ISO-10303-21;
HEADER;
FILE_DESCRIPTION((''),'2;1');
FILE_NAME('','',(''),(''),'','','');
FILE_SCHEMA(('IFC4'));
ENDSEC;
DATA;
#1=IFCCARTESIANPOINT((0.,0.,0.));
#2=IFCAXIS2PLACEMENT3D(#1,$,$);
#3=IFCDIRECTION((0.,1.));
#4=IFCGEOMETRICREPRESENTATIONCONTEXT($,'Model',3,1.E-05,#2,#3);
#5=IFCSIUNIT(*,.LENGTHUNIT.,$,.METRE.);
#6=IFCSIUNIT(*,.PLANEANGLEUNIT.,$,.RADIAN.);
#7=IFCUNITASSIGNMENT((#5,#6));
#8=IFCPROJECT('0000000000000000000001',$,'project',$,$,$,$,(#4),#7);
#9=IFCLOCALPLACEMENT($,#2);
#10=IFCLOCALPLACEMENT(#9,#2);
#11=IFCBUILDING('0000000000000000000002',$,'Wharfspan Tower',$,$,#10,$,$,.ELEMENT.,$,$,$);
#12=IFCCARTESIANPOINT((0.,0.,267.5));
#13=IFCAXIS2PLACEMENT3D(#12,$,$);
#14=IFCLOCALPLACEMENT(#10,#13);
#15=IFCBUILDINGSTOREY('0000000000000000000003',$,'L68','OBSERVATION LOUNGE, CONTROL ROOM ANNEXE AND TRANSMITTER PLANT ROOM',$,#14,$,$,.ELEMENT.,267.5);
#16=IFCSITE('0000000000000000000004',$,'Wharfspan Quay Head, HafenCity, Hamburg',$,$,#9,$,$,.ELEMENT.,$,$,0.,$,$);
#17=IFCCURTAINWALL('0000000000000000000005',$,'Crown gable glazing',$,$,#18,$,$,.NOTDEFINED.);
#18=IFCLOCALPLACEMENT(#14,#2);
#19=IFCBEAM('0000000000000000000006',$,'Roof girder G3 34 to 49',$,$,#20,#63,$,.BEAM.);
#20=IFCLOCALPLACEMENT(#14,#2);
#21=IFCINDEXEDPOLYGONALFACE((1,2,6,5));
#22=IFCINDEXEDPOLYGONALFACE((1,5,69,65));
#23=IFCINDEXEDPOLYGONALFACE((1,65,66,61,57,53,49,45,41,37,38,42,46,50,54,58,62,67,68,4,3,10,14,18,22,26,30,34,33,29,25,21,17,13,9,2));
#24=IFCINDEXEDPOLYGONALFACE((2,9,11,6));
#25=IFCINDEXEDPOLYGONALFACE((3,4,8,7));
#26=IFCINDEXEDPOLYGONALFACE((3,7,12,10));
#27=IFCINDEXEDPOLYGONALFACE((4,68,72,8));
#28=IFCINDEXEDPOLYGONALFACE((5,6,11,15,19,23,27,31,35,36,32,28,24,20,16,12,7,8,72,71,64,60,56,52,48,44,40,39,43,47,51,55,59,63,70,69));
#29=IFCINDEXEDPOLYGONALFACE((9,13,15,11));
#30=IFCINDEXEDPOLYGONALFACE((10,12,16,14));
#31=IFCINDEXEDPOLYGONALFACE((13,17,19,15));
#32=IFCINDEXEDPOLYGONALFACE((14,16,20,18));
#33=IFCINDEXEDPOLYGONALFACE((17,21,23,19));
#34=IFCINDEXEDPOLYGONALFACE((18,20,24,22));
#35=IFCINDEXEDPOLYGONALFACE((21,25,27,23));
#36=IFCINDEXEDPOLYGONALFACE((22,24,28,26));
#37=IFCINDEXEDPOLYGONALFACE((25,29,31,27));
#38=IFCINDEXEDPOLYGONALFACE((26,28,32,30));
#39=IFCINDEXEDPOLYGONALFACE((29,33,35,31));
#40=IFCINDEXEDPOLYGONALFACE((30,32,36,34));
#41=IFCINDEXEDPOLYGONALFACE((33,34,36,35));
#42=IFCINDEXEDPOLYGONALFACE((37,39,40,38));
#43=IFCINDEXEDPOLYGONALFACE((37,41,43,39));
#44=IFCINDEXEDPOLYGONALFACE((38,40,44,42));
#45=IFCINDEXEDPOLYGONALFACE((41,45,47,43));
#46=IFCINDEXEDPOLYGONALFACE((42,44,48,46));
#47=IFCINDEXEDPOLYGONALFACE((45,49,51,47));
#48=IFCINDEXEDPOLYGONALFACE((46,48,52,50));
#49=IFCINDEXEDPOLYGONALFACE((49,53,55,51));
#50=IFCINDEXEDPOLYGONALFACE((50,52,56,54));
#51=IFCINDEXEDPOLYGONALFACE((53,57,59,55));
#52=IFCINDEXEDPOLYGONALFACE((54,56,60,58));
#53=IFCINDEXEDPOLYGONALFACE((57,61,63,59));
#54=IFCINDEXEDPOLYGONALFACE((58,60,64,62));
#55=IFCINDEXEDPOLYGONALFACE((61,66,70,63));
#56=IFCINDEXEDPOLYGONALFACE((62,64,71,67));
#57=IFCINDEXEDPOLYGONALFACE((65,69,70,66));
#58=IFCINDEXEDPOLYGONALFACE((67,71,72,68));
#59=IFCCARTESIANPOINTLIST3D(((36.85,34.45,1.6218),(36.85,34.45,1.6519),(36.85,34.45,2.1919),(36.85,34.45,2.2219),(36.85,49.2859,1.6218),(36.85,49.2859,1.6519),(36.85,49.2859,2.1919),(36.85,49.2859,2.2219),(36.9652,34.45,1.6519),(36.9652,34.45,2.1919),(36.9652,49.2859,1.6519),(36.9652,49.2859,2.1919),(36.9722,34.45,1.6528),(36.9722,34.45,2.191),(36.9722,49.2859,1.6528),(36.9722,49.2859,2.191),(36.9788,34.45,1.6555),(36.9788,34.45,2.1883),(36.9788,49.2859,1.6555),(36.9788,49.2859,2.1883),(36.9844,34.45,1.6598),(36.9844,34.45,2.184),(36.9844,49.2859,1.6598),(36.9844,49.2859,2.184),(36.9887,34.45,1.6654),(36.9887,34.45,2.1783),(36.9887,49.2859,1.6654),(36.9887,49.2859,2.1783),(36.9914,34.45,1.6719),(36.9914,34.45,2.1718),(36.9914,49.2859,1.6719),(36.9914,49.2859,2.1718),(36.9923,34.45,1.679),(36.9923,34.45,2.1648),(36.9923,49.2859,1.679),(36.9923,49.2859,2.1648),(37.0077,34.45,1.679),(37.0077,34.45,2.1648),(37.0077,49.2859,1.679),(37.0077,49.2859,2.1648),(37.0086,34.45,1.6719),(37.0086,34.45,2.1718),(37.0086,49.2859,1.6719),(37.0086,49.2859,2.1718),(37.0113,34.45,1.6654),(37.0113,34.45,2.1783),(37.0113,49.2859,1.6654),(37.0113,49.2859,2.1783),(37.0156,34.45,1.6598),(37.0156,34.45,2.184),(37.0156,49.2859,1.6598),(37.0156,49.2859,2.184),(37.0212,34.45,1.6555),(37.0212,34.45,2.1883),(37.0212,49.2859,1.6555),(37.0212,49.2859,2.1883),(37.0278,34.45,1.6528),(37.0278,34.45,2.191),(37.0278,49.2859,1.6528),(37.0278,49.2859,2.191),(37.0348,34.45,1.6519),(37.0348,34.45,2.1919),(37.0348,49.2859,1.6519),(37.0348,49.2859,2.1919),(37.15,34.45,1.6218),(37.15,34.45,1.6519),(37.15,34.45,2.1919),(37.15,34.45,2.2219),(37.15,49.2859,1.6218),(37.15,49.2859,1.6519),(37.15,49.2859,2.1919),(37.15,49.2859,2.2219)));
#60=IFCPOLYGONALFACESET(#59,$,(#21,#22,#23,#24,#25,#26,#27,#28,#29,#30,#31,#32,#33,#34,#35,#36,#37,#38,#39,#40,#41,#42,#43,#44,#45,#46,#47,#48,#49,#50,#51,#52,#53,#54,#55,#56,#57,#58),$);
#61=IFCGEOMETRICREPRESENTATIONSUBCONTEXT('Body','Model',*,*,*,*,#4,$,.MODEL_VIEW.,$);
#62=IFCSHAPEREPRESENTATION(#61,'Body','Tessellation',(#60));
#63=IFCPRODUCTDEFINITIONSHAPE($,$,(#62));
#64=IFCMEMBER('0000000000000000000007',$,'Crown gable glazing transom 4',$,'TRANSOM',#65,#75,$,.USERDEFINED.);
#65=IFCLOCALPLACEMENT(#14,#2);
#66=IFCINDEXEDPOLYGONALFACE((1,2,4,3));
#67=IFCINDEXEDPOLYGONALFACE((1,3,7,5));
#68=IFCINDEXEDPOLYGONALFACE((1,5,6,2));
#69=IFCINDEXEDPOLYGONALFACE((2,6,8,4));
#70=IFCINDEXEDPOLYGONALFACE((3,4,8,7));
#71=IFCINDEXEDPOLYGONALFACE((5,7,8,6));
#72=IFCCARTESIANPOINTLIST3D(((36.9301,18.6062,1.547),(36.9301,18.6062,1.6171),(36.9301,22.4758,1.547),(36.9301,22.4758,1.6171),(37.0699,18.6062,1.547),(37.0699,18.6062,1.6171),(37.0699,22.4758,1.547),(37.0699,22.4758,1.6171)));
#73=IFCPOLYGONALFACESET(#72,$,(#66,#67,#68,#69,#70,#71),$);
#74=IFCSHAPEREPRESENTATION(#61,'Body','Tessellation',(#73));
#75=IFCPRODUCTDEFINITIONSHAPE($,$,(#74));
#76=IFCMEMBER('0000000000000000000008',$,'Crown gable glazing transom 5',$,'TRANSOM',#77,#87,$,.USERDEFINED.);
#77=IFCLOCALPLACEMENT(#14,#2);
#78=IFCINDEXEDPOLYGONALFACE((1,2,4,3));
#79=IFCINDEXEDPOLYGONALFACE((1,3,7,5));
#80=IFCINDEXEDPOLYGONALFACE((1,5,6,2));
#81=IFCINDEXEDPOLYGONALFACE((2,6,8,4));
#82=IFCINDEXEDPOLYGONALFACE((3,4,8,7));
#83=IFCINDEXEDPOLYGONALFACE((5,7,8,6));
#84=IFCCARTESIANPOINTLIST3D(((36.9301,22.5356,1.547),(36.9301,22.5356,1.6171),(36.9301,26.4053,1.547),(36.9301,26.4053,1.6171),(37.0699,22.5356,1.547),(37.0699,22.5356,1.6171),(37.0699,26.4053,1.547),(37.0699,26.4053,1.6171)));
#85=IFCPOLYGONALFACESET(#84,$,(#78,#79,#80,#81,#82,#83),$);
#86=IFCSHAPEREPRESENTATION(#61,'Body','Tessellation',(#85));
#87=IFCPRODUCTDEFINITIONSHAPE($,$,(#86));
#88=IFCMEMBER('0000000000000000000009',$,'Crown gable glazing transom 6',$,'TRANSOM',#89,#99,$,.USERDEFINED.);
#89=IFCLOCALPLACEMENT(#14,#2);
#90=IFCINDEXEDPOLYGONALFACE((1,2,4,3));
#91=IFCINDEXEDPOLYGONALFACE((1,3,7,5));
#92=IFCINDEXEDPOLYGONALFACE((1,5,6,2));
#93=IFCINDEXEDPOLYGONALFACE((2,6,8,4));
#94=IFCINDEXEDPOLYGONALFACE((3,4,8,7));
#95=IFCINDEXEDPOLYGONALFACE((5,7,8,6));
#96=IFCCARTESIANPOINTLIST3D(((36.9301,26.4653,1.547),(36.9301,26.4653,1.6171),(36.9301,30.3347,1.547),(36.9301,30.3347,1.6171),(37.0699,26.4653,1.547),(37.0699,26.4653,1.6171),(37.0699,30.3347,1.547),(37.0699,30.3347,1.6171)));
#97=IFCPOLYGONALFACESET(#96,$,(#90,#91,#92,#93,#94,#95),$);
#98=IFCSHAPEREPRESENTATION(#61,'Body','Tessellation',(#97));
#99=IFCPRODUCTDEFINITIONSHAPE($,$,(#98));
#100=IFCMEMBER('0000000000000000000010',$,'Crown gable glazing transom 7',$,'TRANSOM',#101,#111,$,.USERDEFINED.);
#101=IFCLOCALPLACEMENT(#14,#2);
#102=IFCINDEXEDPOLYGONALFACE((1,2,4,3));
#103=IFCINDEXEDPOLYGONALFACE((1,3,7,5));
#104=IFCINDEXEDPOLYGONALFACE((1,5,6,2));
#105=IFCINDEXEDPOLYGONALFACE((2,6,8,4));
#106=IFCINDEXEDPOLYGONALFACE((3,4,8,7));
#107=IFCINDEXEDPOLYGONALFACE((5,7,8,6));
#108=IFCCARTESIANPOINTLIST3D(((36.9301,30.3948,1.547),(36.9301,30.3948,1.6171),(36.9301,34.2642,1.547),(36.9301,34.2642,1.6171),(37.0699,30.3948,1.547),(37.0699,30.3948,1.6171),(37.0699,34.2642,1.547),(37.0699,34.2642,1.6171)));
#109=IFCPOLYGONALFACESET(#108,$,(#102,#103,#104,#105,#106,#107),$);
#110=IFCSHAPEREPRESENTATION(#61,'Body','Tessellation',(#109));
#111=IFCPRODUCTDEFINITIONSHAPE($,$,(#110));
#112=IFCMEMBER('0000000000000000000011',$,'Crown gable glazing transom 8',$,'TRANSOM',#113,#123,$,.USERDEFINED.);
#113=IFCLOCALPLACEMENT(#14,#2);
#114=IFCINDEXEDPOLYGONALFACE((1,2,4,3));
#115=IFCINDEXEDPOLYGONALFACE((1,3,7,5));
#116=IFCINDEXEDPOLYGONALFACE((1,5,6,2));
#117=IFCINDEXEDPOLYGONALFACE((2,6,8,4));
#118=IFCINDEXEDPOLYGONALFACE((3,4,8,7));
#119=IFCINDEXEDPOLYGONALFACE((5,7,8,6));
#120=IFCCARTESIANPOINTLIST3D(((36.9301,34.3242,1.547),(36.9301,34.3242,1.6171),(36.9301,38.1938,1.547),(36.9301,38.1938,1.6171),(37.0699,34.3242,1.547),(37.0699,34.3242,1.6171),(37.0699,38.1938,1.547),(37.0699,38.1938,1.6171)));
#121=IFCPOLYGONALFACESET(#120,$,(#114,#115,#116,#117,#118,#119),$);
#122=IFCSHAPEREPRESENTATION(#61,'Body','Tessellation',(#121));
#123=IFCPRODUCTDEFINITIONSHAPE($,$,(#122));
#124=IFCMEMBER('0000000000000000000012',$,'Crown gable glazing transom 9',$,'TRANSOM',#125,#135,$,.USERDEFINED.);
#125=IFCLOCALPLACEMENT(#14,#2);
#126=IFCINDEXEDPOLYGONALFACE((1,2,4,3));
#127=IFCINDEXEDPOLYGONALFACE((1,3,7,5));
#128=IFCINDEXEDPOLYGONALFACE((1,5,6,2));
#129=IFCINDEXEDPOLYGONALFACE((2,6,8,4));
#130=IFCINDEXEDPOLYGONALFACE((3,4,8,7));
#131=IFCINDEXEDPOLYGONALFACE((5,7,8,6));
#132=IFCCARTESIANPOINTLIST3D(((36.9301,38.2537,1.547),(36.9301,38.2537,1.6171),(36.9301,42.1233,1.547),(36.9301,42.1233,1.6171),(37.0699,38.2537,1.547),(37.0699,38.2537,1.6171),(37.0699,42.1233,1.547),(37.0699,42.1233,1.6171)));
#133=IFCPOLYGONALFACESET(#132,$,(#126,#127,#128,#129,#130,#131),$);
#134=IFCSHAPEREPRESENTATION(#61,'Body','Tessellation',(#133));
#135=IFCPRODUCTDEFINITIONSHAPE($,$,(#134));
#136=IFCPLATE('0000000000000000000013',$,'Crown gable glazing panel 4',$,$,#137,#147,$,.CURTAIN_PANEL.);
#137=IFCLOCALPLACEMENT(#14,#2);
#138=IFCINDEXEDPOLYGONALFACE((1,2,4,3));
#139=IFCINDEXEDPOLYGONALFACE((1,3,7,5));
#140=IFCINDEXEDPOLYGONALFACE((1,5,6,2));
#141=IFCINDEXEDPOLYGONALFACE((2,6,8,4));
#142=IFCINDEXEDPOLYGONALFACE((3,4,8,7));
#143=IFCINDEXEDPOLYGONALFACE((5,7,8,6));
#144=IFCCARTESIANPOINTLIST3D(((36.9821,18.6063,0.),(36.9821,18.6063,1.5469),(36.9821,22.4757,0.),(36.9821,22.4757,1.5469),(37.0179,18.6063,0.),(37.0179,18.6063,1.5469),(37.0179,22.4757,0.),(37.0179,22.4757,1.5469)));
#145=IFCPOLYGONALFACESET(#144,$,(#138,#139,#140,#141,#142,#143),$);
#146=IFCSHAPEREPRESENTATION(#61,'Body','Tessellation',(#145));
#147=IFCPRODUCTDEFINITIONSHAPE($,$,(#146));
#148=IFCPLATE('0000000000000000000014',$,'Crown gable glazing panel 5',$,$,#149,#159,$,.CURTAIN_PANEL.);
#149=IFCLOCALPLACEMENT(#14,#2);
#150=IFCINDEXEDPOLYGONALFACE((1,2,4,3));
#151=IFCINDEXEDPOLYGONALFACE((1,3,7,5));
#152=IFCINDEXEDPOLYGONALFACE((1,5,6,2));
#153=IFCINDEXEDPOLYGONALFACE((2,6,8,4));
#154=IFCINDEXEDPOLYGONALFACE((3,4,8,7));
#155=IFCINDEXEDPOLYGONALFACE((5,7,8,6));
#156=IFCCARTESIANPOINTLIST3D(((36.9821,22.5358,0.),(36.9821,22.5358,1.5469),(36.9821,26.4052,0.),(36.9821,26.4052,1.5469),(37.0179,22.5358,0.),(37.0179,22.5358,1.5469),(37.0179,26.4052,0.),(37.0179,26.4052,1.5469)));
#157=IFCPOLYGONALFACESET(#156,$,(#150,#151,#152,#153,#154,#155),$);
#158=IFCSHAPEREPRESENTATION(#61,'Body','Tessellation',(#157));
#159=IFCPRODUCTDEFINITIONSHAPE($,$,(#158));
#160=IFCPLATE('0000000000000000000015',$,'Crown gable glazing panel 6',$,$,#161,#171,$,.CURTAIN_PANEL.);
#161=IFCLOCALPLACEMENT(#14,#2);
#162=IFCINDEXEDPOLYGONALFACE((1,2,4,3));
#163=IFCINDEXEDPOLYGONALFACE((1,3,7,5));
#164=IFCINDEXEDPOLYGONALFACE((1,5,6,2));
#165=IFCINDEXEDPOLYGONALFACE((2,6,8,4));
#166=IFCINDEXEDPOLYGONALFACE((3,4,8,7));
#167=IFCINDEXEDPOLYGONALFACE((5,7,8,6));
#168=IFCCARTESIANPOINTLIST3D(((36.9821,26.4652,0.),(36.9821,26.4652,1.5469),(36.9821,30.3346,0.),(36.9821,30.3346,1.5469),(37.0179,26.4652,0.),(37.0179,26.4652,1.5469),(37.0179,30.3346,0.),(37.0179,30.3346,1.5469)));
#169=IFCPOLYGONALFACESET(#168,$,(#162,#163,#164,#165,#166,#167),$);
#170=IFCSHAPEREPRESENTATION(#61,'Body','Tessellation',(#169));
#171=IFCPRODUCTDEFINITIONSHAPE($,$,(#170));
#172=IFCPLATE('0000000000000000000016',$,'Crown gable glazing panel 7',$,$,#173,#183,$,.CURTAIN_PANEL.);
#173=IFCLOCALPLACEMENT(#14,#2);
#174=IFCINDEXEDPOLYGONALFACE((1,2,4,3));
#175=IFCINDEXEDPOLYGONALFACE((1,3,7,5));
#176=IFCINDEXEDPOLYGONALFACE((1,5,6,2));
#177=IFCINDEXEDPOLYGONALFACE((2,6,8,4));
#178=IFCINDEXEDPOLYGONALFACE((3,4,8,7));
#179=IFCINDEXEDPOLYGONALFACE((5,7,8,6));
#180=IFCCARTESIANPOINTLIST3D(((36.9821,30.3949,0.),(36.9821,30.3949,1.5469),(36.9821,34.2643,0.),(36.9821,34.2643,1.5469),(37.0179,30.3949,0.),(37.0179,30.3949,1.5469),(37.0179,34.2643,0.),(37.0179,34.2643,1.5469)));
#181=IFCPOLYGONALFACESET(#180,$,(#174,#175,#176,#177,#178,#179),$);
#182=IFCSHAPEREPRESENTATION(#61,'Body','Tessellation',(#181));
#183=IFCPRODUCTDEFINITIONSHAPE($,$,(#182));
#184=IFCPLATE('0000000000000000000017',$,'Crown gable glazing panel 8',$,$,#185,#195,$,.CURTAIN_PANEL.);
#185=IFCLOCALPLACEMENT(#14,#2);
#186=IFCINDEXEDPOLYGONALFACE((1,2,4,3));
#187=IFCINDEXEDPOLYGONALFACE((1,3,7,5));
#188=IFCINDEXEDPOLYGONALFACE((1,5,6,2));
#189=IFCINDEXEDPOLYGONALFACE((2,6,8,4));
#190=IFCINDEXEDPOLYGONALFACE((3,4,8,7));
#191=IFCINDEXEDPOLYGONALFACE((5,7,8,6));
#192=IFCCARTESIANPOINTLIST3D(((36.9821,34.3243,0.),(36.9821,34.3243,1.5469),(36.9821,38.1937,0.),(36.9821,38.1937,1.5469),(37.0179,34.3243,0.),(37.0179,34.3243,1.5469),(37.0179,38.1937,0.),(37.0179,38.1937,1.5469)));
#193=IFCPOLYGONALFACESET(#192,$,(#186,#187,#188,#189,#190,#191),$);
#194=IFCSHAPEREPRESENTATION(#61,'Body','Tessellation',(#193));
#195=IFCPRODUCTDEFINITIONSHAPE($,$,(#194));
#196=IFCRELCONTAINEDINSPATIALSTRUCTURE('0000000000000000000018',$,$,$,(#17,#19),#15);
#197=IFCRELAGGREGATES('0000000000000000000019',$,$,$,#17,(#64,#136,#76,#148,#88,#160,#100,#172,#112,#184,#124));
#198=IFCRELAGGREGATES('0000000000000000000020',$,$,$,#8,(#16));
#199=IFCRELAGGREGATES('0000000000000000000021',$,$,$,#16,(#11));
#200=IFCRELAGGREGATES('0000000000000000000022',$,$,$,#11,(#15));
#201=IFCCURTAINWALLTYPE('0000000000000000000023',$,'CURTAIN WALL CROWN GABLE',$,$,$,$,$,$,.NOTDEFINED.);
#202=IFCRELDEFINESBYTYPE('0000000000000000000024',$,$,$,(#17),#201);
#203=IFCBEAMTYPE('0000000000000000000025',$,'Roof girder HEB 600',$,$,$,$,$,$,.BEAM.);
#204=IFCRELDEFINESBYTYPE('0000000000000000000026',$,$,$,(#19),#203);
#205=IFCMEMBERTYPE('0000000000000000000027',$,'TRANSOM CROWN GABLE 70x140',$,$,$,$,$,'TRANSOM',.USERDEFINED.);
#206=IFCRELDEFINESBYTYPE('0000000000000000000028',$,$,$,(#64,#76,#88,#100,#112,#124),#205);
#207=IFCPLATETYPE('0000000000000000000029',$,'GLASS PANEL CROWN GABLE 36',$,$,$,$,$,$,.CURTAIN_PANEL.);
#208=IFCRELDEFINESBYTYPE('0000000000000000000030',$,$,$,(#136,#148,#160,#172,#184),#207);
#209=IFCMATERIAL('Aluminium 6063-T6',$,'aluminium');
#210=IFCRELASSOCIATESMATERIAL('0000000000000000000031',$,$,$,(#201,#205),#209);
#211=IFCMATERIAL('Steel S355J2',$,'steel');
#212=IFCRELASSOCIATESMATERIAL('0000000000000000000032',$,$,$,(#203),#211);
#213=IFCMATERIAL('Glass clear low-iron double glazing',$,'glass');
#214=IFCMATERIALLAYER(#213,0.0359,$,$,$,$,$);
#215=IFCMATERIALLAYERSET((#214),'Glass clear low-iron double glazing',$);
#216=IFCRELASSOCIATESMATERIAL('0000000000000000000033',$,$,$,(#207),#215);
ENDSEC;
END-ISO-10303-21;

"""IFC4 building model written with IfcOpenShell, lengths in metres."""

from ifc_helpers import new_model, si_unit, direction, frame, origin, origin_2d, place, context, subcontext, project, spatial, rectangle, i_section, extrude, material, layer, layer_set, material_profile, profile_set, type_object, element, aggregate, save


model = new_model("IFC4")

# Units and contexts
model_context = context("Model", 3, precision=1e-05, world=origin(), true_north=direction((0.0, 1.0)))
body_context = subcontext(model_context, "Body", "Model", "MODEL_VIEW")
ifc_project = project(units=[si_unit("LENGTHUNIT", "METRE"), si_unit("PLANEANGLEUNIT", "RADIAN")], contexts=[model_context])

# Site, building, storey
site_placement = place(None, origin())
site = spatial("IfcSite", under=ifc_project, at=site_placement, Name="Wharfspan Quay Head, HafenCity, Hamburg", CompositionType="ELEMENT", RefElevation=0.0)
building_placement = place(site_placement, origin())
building = spatial("IfcBuilding", under=site, at=building_placement, Name="Wharfspan Tower", CompositionType="ELEMENT")
storey_placement = place(building_placement, frame((0.0, 0.0, 267.5)))
storey = spatial("IfcBuildingStorey", under=building, at=storey_placement, Name="L68", Description="OBSERVATION LOUNGE, CONTROL ROOM ANNEXE AND TRANSMITTER PLANT ROOM", CompositionType="ELEMENT", Elevation=267.5)

# Curtain wall
ifc_material_1 = material(Name="Aluminium 6063-T6", Category="aluminium")
curtain_wall_type = type_object("IfcCurtainWallType", Name="CURTAIN WALL CROWN GABLE", PredefinedType="NOTDEFINED", material=ifc_material_1)
curtain_wall_placement = place(storey_placement, origin())
curtain_wall = element("IfcCurtainWall", 1, at=curtain_wall_placement, inside=storey, type_object=curtain_wall_type, Name="Crown gable glazing", PredefinedType="NOTDEFINED")

# Beam
ifc_material_2 = material(Name="Steel S355J2", Category="steel")
ifc_material_profile_1 = material_profile(ifc_material_2, i_section(OverallWidth=0.3, OverallDepth=0.6001, WebThickness=0.0154, FlangeThickness=0.03, FilletRadius=0.0271, at=origin_2d()))
ifc_profile_set_1 = profile_set([ifc_material_profile_1], Name="Steel S355J2")
beam_type = type_object("IfcBeamType", Name="Roof girder HEB 600", PredefinedType="BEAM", material=ifc_profile_set_1)
beam_1_placement = place(storey_placement, frame((37.0, 34.45, 1.9219), z_axis=(0.0, 1.0, 0.0), x_axis=(-1.0, 0.0, 0.0)))
element("IfcBeam", 2, at=beam_1_placement, inside=storey, type_object=beam_type, Name="Roof girder G3 34 to 49", PredefinedType="BEAM", context=body_context, shape_type="SweptSolid", body=[
    extrude(i_section(OverallWidth=0.3, OverallDepth=0.6001, WebThickness=0.0154, FlangeThickness=0.03, FilletRadius=0.0271, at=origin_2d()), origin(), (0.0, 0.0, 1.0), 14.8359),
])

# Members
ifc_material_profile_2 = material_profile(ifc_material_1, rectangle(XDim=0.1399, YDim=0.0701, at=origin_2d()))
ifc_profile_set_2 = profile_set([ifc_material_profile_2], Name="Aluminium 6063-T6")
member_type_1 = type_object("IfcMemberType", Name="TRANSOM CROWN GABLE 70x140", ElementType="TRANSOM", PredefinedType="USERDEFINED", material=ifc_profile_set_2)
member_1_placement = place(storey_placement, frame((37.0, 18.6062, 1.582), z_axis=(0.0, 1.0, 0.0), x_axis=(-1.0, 0.0, 0.0)))
member_1 = element("IfcMember", 3, at=member_1_placement, type_object=member_type_1, Name="Crown gable glazing transom 4", ObjectType="TRANSOM", PredefinedType="USERDEFINED", context=body_context, shape_type="SweptSolid", body=[
    extrude(rectangle(XDim=0.1399, YDim=0.0701, at=origin_2d()), origin(), (0.0, 0.0, 1.0), 3.8696),
])
member_2_placement = place(storey_placement, frame((37.0, 22.5356, 1.582), z_axis=(0.0, 1.0, 0.0), x_axis=(-1.0, 0.0, 0.0)))
member_2 = element("IfcMember", 4, at=member_2_placement, type_object=member_type_1, Name="Crown gable glazing transom 5", ObjectType="TRANSOM", PredefinedType="USERDEFINED", context=body_context, shape_type="SweptSolid", body=[
    extrude(rectangle(XDim=0.1399, YDim=0.0701, at=origin_2d()), origin(), (0.0, 0.0, 1.0), 3.8696),
])
member_3_placement = place(storey_placement, frame((37.0, 26.4653, 1.582), z_axis=(0.0, 1.0, 0.0), x_axis=(-1.0, 0.0, 0.0)))
member_3 = element("IfcMember", 5, at=member_3_placement, type_object=member_type_1, Name="Crown gable glazing transom 6", ObjectType="TRANSOM", PredefinedType="USERDEFINED", context=body_context, shape_type="SweptSolid", body=[
    extrude(rectangle(XDim=0.1399, YDim=0.0701, at=origin_2d()), origin(), (0.0, 0.0, 1.0), 3.8694),
])
member_4_placement = place(storey_placement, frame((37.0, 30.3948, 1.582), z_axis=(0.0, 1.0, 0.0), x_axis=(-1.0, 0.0, 0.0)))
member_4 = element("IfcMember", 6, at=member_4_placement, type_object=member_type_1, Name="Crown gable glazing transom 7", ObjectType="TRANSOM", PredefinedType="USERDEFINED", context=body_context, shape_type="SweptSolid", body=[
    extrude(rectangle(XDim=0.1399, YDim=0.0701, at=origin_2d()), origin(), (0.0, 0.0, 1.0), 3.8694),
])
member_5_placement = place(storey_placement, frame((37.0, 34.3242, 1.582), z_axis=(0.0, 1.0, 0.0), x_axis=(-1.0, 0.0, 0.0)))
member_5 = element("IfcMember", 7, at=member_5_placement, type_object=member_type_1, Name="Crown gable glazing transom 8", ObjectType="TRANSOM", PredefinedType="USERDEFINED", context=body_context, shape_type="SweptSolid", body=[
    extrude(rectangle(XDim=0.1399, YDim=0.0701, at=origin_2d()), origin(), (0.0, 0.0, 1.0), 3.8696),
])
member_6_placement = place(storey_placement, frame((37.0, 38.2537, 1.582), z_axis=(0.0, 1.0, 0.0), x_axis=(-1.0, 0.0, 0.0)))
member_6 = element("IfcMember", 8, at=member_6_placement, type_object=member_type_1, Name="Crown gable glazing transom 9", ObjectType="TRANSOM", PredefinedType="USERDEFINED", context=body_context, shape_type="SweptSolid", body=[
    extrude(rectangle(XDim=0.1399, YDim=0.0701, at=origin_2d()), origin(), (0.0, 0.0, 1.0), 3.8696),
])

# Plates
ifc_material_3 = material(Name="Glass clear low-iron double glazing", Category="glass")
ifc_layer_1 = layer(ifc_material_3, 0.0359)
ifc_layer_set_1 = layer_set([ifc_layer_1], Name="Glass clear low-iron double glazing")
plate_type = type_object("IfcPlateType", Name="GLASS PANEL CROWN GABLE 36", PredefinedType="CURTAIN_PANEL", material=ifc_layer_set_1)
plate_1_placement = place(storey_placement, frame((37.0, 20.541, 0.0), z_axis=(0.0, 0.0, 1.0), x_axis=(0.0, 1.0, 0.0)))
plate_1 = element("IfcPlate", 9, at=plate_1_placement, type_object=plate_type, Name="Crown gable glazing panel 4", PredefinedType="CURTAIN_PANEL", context=body_context, shape_type="SweptSolid", body=[
    extrude(rectangle(XDim=3.8694, YDim=0.0359, at=origin_2d()), origin(), (0.0, 0.0, 1.0), 1.5469),
])
plate_2_placement = place(storey_placement, frame((37.0, 24.4705, 0.0), z_axis=(0.0, 0.0, 1.0), x_axis=(0.0, 1.0, 0.0)))
plate_2 = element("IfcPlate", 10, at=plate_2_placement, type_object=plate_type, Name="Crown gable glazing panel 5", PredefinedType="CURTAIN_PANEL", context=body_context, shape_type="SweptSolid", body=[
    extrude(rectangle(XDim=3.8694, YDim=0.0359, at=origin_2d()), origin(), (0.0, 0.0, 1.0), 1.5469),
])
plate_3_placement = place(storey_placement, frame((37.0, 28.3999, 0.0), z_axis=(0.0, 0.0, 1.0), x_axis=(0.0, 1.0, 0.0)))
plate_3 = element("IfcPlate", 11, at=plate_3_placement, type_object=plate_type, Name="Crown gable glazing panel 6", PredefinedType="CURTAIN_PANEL", context=body_context, shape_type="SweptSolid", body=[
    extrude(rectangle(XDim=3.8694, YDim=0.0359, at=origin_2d()), origin(), (0.0, 0.0, 1.0), 1.5469),
])
plate_4_placement = place(storey_placement, frame((37.0, 32.3296, 0.0), z_axis=(0.0, 0.0, 1.0), x_axis=(0.0, 1.0, 0.0)))
plate_4 = element("IfcPlate", 12, at=plate_4_placement, type_object=plate_type, Name="Crown gable glazing panel 7", PredefinedType="CURTAIN_PANEL", context=body_context, shape_type="SweptSolid", body=[
    extrude(rectangle(XDim=3.8694, YDim=0.0359, at=origin_2d()), origin(), (0.0, 0.0, 1.0), 1.5469),
])
plate_5_placement = place(storey_placement, frame((37.0, 36.259, 0.0), z_axis=(0.0, 0.0, 1.0), x_axis=(0.0, 1.0, 0.0)))
plate_5 = element("IfcPlate", 13, at=plate_5_placement, type_object=plate_type, Name="Crown gable glazing panel 8", PredefinedType="CURTAIN_PANEL", context=body_context, shape_type="SweptSolid", body=[
    extrude(rectangle(XDim=3.8694, YDim=0.0359, at=origin_2d()), origin(), (0.0, 0.0, 1.0), 1.5469),
])
aggregate(curtain_wall, [member_1, plate_1, member_2, plate_2, member_3, plate_3, member_4, plate_4, member_5, plate_5, member_6])

save(model, "model.ifc")
